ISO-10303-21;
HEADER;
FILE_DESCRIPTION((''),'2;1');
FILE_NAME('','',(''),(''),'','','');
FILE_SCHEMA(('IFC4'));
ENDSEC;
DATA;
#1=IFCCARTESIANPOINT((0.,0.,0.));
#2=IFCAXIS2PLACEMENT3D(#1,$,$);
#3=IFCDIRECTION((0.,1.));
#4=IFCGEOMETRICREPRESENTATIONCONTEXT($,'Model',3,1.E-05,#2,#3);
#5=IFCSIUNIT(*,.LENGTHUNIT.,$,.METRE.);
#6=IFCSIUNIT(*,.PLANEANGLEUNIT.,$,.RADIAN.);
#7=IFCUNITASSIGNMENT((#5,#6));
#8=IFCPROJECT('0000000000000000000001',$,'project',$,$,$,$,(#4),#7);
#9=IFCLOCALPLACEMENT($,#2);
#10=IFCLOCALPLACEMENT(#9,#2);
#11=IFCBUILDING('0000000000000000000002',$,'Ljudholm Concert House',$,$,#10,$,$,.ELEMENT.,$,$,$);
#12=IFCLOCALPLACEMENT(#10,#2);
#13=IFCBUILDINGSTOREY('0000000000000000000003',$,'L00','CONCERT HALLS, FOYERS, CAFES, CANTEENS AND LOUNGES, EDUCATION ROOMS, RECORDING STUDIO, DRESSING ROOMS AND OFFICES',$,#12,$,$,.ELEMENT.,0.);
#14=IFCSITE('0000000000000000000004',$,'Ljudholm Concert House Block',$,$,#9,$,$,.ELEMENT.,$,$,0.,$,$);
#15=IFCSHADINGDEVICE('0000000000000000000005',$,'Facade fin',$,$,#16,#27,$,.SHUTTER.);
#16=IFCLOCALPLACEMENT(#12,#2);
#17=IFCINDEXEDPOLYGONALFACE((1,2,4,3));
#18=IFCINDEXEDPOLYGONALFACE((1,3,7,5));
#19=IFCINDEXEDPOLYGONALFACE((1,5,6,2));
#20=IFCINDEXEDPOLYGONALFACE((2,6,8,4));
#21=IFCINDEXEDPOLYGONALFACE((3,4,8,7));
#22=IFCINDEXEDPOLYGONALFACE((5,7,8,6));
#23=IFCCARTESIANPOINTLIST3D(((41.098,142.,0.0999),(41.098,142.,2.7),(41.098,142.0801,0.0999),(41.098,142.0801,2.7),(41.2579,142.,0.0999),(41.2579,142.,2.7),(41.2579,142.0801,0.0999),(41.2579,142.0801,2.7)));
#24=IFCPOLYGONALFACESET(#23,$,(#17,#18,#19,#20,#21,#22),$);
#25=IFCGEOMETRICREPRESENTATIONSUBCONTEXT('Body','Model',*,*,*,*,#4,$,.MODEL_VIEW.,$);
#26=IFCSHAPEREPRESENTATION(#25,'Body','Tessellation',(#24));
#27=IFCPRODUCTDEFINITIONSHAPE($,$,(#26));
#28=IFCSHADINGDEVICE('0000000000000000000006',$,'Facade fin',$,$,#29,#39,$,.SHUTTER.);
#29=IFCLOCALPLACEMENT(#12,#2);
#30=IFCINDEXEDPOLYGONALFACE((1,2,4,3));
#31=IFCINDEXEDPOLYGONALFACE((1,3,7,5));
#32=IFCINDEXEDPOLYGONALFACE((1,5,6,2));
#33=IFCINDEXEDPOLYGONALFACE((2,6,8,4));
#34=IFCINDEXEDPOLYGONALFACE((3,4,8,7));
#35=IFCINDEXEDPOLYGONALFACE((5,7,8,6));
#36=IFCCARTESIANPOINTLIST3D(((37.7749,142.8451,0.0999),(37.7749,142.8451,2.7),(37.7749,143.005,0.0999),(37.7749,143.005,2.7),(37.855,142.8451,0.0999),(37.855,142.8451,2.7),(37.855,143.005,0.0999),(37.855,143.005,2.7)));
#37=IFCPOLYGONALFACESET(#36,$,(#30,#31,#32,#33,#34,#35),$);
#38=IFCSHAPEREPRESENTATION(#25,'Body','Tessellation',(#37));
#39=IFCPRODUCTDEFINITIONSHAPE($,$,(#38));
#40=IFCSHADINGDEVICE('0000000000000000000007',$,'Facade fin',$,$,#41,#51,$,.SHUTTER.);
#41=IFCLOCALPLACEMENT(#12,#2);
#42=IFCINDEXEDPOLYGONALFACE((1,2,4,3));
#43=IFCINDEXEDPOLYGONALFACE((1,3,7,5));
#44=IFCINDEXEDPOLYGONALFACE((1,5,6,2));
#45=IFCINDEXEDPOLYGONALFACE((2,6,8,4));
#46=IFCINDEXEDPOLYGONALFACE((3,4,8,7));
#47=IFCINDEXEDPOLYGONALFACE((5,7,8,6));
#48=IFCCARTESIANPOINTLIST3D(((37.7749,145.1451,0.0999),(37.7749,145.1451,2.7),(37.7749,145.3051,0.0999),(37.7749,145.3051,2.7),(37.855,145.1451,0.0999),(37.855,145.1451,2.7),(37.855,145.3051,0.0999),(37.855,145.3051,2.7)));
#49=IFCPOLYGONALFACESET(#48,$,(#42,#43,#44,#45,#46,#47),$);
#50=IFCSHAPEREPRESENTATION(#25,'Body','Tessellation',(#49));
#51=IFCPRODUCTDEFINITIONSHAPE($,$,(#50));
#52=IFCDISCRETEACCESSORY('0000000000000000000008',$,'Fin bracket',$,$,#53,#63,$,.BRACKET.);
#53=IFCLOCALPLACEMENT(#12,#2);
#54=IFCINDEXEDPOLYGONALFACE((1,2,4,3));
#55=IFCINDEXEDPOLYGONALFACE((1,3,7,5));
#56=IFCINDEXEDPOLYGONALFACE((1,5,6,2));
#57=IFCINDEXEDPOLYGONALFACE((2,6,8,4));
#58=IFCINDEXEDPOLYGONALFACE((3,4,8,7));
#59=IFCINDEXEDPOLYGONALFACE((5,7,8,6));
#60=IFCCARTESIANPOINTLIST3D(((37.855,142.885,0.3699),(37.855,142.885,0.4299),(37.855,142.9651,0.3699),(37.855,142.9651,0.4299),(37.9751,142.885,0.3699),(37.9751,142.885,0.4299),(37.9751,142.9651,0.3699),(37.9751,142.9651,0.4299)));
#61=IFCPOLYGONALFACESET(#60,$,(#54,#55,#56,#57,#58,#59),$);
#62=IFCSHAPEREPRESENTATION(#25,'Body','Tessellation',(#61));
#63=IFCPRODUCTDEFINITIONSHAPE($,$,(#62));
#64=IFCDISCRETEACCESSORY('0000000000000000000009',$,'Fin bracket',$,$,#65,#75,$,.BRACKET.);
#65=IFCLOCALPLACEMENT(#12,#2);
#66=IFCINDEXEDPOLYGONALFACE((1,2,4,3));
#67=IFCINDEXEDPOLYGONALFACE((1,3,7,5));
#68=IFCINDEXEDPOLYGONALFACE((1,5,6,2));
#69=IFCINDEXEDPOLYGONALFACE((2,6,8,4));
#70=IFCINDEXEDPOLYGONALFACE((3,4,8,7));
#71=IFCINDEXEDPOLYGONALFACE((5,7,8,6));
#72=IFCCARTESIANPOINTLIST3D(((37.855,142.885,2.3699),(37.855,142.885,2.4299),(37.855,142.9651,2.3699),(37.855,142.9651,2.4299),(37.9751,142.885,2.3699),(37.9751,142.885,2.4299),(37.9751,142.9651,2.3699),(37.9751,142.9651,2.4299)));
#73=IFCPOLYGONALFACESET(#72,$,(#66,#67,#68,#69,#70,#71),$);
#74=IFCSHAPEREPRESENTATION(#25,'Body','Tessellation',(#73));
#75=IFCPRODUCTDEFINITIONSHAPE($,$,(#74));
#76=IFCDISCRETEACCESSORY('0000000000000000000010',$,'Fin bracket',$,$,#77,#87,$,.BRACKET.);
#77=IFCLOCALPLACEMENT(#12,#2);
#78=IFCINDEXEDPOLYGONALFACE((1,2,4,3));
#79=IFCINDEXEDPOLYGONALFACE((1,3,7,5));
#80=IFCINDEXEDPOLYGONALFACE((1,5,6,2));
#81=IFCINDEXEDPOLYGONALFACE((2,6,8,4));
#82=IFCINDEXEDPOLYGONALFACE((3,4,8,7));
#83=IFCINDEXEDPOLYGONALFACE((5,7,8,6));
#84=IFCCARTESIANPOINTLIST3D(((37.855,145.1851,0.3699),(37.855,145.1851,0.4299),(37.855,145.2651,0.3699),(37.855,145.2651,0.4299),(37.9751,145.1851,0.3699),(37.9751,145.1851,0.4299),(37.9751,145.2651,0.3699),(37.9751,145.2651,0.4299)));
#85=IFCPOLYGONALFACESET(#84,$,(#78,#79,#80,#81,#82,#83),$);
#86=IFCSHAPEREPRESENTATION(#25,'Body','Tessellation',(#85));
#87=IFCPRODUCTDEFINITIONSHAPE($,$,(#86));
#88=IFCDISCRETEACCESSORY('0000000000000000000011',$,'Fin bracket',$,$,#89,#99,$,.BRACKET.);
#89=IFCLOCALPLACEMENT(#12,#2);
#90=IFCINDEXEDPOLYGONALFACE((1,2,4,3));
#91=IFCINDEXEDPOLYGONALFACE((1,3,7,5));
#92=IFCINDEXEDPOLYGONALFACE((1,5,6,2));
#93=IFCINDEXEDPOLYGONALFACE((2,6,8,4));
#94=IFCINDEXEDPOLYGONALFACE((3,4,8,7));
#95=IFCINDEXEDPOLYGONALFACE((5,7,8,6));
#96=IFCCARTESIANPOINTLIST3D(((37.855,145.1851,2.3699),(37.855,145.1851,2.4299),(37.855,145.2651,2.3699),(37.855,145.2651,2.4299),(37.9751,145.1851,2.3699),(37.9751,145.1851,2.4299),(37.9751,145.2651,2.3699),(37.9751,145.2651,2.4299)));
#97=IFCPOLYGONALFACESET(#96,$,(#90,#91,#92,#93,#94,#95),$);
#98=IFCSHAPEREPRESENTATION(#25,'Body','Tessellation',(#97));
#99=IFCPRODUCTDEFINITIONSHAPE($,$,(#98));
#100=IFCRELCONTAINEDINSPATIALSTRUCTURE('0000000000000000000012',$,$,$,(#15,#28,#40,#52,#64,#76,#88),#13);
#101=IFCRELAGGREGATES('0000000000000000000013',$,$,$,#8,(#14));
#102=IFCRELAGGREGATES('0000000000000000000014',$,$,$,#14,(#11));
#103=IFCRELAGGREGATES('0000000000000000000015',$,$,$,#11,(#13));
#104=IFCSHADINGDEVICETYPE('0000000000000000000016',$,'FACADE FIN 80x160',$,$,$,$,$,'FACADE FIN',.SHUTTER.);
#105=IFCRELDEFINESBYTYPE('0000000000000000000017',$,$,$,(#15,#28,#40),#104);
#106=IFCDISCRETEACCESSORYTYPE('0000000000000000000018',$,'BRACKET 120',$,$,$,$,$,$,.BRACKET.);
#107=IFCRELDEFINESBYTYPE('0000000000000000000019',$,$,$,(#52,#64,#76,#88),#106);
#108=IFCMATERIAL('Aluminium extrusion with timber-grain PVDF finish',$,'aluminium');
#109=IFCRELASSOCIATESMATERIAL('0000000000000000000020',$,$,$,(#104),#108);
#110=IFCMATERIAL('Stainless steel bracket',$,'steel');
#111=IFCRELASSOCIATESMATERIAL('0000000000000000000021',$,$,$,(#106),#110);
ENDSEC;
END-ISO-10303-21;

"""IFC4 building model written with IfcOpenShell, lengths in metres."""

from ifc_helpers import new_model, si_unit, direction, frame, origin, origin_2d, place, context, subcontext, project, spatial, rectangle, extrude, material, type_object, element, save


model = new_model("IFC4")

# Units and contexts
model_context = context("Model", 3, precision=1e-05, world=origin(), true_north=direction((0.0, 1.0)))
body_context = subcontext(model_context, "Body", "Model", "MODEL_VIEW")
ifc_project = project(units=[si_unit("LENGTHUNIT", "METRE"), si_unit("PLANEANGLEUNIT", "RADIAN")], contexts=[model_context])

# Site, building, storey
site_placement = place(None, origin())
site = spatial("IfcSite", under=ifc_project, at=site_placement, Name="Ljudholm Concert House Block", CompositionType="ELEMENT", RefElevation=0.0)
building_placement = place(site_placement, origin())
building = spatial("IfcBuilding", under=site, at=building_placement, Name="Ljudholm Concert House", CompositionType="ELEMENT")
storey_placement = place(building_placement, origin())
storey = spatial("IfcBuildingStorey", under=building, at=storey_placement, Name="L00", Description="CONCERT HALLS, FOYERS, CAFES, CANTEENS AND LOUNGES, EDUCATION ROOMS, RECORDING STUDIO, DRESSING ROOMS AND OFFICES", CompositionType="ELEMENT", Elevation=0.0)

# Shading devices
ifc_material_1 = material(Name="Aluminium extrusion with timber-grain PVDF finish", Category="aluminium")
shading_device_type = type_object("IfcShadingDeviceType", Name="FACADE FIN 80x160", ElementType="FACADE FIN", PredefinedType="SHUTTER", material=ifc_material_1)
for number, where, z_axis, x_axis, name in (
    (1, (41.178, 142.04, 0.0999), (0.0, 0.0, 1.0), (0.0, -1.0, 0.0), "Facade fin"),
    (2, (37.8149, 142.925, 0.0999), (0.0, 0.0, 1.0), (-1.0, 0.0, 0.0), "Facade fin"),
    (3, (37.8149, 145.2251, 0.0999), (0.0, 0.0, 1.0), (-1.0, 0.0, 0.0), "Facade fin"),
):
    element("IfcShadingDevice", number, at=place(storey_placement, frame(where, z_axis=z_axis, x_axis=x_axis)), inside=storey, type_object=shading_device_type, Name=name, PredefinedType="SHUTTER", context=body_context, shape_type="SweptSolid", body=[
        extrude(rectangle(XDim=0.0801, YDim=0.1599, at=origin_2d()), origin(), (0.0, 0.0, 1.0), 2.6001),
    ])

# Discrete accessories
ifc_material_2 = material(Name="Stainless steel bracket", Category="steel")
discrete_accessory_type = type_object("IfcDiscreteAccessoryType", Name="BRACKET 120", PredefinedType="BRACKET", material=ifc_material_2)
for number, where, z_axis, x_axis, name in (
    (4, (37.915, 142.925, 0.3699), (0.0, 0.0, 1.0), (-1.0, 0.0, 0.0), "Fin bracket"),
    (5, (37.915, 142.925, 2.3699), (0.0, 0.0, 1.0), (-1.0, 0.0, 0.0), "Fin bracket"),
    (6, (37.915, 145.2251, 0.3699), (0.0, 0.0, 1.0), (-1.0, 0.0, 0.0), "Fin bracket"),
    (7, (37.915, 145.2251, 2.3699), (0.0, 0.0, 1.0), (-1.0, 0.0, 0.0), "Fin bracket"),
):
    element("IfcDiscreteAccessory", number, at=place(storey_placement, frame(where, z_axis=z_axis, x_axis=x_axis)), inside=storey, type_object=discrete_accessory_type, Name=name, PredefinedType="BRACKET", context=body_context, shape_type="SweptSolid", body=[
        extrude(rectangle(XDim=0.1201, YDim=0.0801, at=origin_2d()), origin(), (0.0, 0.0, 1.0), 0.0601),
    ])

save(model, "model.ifc")
